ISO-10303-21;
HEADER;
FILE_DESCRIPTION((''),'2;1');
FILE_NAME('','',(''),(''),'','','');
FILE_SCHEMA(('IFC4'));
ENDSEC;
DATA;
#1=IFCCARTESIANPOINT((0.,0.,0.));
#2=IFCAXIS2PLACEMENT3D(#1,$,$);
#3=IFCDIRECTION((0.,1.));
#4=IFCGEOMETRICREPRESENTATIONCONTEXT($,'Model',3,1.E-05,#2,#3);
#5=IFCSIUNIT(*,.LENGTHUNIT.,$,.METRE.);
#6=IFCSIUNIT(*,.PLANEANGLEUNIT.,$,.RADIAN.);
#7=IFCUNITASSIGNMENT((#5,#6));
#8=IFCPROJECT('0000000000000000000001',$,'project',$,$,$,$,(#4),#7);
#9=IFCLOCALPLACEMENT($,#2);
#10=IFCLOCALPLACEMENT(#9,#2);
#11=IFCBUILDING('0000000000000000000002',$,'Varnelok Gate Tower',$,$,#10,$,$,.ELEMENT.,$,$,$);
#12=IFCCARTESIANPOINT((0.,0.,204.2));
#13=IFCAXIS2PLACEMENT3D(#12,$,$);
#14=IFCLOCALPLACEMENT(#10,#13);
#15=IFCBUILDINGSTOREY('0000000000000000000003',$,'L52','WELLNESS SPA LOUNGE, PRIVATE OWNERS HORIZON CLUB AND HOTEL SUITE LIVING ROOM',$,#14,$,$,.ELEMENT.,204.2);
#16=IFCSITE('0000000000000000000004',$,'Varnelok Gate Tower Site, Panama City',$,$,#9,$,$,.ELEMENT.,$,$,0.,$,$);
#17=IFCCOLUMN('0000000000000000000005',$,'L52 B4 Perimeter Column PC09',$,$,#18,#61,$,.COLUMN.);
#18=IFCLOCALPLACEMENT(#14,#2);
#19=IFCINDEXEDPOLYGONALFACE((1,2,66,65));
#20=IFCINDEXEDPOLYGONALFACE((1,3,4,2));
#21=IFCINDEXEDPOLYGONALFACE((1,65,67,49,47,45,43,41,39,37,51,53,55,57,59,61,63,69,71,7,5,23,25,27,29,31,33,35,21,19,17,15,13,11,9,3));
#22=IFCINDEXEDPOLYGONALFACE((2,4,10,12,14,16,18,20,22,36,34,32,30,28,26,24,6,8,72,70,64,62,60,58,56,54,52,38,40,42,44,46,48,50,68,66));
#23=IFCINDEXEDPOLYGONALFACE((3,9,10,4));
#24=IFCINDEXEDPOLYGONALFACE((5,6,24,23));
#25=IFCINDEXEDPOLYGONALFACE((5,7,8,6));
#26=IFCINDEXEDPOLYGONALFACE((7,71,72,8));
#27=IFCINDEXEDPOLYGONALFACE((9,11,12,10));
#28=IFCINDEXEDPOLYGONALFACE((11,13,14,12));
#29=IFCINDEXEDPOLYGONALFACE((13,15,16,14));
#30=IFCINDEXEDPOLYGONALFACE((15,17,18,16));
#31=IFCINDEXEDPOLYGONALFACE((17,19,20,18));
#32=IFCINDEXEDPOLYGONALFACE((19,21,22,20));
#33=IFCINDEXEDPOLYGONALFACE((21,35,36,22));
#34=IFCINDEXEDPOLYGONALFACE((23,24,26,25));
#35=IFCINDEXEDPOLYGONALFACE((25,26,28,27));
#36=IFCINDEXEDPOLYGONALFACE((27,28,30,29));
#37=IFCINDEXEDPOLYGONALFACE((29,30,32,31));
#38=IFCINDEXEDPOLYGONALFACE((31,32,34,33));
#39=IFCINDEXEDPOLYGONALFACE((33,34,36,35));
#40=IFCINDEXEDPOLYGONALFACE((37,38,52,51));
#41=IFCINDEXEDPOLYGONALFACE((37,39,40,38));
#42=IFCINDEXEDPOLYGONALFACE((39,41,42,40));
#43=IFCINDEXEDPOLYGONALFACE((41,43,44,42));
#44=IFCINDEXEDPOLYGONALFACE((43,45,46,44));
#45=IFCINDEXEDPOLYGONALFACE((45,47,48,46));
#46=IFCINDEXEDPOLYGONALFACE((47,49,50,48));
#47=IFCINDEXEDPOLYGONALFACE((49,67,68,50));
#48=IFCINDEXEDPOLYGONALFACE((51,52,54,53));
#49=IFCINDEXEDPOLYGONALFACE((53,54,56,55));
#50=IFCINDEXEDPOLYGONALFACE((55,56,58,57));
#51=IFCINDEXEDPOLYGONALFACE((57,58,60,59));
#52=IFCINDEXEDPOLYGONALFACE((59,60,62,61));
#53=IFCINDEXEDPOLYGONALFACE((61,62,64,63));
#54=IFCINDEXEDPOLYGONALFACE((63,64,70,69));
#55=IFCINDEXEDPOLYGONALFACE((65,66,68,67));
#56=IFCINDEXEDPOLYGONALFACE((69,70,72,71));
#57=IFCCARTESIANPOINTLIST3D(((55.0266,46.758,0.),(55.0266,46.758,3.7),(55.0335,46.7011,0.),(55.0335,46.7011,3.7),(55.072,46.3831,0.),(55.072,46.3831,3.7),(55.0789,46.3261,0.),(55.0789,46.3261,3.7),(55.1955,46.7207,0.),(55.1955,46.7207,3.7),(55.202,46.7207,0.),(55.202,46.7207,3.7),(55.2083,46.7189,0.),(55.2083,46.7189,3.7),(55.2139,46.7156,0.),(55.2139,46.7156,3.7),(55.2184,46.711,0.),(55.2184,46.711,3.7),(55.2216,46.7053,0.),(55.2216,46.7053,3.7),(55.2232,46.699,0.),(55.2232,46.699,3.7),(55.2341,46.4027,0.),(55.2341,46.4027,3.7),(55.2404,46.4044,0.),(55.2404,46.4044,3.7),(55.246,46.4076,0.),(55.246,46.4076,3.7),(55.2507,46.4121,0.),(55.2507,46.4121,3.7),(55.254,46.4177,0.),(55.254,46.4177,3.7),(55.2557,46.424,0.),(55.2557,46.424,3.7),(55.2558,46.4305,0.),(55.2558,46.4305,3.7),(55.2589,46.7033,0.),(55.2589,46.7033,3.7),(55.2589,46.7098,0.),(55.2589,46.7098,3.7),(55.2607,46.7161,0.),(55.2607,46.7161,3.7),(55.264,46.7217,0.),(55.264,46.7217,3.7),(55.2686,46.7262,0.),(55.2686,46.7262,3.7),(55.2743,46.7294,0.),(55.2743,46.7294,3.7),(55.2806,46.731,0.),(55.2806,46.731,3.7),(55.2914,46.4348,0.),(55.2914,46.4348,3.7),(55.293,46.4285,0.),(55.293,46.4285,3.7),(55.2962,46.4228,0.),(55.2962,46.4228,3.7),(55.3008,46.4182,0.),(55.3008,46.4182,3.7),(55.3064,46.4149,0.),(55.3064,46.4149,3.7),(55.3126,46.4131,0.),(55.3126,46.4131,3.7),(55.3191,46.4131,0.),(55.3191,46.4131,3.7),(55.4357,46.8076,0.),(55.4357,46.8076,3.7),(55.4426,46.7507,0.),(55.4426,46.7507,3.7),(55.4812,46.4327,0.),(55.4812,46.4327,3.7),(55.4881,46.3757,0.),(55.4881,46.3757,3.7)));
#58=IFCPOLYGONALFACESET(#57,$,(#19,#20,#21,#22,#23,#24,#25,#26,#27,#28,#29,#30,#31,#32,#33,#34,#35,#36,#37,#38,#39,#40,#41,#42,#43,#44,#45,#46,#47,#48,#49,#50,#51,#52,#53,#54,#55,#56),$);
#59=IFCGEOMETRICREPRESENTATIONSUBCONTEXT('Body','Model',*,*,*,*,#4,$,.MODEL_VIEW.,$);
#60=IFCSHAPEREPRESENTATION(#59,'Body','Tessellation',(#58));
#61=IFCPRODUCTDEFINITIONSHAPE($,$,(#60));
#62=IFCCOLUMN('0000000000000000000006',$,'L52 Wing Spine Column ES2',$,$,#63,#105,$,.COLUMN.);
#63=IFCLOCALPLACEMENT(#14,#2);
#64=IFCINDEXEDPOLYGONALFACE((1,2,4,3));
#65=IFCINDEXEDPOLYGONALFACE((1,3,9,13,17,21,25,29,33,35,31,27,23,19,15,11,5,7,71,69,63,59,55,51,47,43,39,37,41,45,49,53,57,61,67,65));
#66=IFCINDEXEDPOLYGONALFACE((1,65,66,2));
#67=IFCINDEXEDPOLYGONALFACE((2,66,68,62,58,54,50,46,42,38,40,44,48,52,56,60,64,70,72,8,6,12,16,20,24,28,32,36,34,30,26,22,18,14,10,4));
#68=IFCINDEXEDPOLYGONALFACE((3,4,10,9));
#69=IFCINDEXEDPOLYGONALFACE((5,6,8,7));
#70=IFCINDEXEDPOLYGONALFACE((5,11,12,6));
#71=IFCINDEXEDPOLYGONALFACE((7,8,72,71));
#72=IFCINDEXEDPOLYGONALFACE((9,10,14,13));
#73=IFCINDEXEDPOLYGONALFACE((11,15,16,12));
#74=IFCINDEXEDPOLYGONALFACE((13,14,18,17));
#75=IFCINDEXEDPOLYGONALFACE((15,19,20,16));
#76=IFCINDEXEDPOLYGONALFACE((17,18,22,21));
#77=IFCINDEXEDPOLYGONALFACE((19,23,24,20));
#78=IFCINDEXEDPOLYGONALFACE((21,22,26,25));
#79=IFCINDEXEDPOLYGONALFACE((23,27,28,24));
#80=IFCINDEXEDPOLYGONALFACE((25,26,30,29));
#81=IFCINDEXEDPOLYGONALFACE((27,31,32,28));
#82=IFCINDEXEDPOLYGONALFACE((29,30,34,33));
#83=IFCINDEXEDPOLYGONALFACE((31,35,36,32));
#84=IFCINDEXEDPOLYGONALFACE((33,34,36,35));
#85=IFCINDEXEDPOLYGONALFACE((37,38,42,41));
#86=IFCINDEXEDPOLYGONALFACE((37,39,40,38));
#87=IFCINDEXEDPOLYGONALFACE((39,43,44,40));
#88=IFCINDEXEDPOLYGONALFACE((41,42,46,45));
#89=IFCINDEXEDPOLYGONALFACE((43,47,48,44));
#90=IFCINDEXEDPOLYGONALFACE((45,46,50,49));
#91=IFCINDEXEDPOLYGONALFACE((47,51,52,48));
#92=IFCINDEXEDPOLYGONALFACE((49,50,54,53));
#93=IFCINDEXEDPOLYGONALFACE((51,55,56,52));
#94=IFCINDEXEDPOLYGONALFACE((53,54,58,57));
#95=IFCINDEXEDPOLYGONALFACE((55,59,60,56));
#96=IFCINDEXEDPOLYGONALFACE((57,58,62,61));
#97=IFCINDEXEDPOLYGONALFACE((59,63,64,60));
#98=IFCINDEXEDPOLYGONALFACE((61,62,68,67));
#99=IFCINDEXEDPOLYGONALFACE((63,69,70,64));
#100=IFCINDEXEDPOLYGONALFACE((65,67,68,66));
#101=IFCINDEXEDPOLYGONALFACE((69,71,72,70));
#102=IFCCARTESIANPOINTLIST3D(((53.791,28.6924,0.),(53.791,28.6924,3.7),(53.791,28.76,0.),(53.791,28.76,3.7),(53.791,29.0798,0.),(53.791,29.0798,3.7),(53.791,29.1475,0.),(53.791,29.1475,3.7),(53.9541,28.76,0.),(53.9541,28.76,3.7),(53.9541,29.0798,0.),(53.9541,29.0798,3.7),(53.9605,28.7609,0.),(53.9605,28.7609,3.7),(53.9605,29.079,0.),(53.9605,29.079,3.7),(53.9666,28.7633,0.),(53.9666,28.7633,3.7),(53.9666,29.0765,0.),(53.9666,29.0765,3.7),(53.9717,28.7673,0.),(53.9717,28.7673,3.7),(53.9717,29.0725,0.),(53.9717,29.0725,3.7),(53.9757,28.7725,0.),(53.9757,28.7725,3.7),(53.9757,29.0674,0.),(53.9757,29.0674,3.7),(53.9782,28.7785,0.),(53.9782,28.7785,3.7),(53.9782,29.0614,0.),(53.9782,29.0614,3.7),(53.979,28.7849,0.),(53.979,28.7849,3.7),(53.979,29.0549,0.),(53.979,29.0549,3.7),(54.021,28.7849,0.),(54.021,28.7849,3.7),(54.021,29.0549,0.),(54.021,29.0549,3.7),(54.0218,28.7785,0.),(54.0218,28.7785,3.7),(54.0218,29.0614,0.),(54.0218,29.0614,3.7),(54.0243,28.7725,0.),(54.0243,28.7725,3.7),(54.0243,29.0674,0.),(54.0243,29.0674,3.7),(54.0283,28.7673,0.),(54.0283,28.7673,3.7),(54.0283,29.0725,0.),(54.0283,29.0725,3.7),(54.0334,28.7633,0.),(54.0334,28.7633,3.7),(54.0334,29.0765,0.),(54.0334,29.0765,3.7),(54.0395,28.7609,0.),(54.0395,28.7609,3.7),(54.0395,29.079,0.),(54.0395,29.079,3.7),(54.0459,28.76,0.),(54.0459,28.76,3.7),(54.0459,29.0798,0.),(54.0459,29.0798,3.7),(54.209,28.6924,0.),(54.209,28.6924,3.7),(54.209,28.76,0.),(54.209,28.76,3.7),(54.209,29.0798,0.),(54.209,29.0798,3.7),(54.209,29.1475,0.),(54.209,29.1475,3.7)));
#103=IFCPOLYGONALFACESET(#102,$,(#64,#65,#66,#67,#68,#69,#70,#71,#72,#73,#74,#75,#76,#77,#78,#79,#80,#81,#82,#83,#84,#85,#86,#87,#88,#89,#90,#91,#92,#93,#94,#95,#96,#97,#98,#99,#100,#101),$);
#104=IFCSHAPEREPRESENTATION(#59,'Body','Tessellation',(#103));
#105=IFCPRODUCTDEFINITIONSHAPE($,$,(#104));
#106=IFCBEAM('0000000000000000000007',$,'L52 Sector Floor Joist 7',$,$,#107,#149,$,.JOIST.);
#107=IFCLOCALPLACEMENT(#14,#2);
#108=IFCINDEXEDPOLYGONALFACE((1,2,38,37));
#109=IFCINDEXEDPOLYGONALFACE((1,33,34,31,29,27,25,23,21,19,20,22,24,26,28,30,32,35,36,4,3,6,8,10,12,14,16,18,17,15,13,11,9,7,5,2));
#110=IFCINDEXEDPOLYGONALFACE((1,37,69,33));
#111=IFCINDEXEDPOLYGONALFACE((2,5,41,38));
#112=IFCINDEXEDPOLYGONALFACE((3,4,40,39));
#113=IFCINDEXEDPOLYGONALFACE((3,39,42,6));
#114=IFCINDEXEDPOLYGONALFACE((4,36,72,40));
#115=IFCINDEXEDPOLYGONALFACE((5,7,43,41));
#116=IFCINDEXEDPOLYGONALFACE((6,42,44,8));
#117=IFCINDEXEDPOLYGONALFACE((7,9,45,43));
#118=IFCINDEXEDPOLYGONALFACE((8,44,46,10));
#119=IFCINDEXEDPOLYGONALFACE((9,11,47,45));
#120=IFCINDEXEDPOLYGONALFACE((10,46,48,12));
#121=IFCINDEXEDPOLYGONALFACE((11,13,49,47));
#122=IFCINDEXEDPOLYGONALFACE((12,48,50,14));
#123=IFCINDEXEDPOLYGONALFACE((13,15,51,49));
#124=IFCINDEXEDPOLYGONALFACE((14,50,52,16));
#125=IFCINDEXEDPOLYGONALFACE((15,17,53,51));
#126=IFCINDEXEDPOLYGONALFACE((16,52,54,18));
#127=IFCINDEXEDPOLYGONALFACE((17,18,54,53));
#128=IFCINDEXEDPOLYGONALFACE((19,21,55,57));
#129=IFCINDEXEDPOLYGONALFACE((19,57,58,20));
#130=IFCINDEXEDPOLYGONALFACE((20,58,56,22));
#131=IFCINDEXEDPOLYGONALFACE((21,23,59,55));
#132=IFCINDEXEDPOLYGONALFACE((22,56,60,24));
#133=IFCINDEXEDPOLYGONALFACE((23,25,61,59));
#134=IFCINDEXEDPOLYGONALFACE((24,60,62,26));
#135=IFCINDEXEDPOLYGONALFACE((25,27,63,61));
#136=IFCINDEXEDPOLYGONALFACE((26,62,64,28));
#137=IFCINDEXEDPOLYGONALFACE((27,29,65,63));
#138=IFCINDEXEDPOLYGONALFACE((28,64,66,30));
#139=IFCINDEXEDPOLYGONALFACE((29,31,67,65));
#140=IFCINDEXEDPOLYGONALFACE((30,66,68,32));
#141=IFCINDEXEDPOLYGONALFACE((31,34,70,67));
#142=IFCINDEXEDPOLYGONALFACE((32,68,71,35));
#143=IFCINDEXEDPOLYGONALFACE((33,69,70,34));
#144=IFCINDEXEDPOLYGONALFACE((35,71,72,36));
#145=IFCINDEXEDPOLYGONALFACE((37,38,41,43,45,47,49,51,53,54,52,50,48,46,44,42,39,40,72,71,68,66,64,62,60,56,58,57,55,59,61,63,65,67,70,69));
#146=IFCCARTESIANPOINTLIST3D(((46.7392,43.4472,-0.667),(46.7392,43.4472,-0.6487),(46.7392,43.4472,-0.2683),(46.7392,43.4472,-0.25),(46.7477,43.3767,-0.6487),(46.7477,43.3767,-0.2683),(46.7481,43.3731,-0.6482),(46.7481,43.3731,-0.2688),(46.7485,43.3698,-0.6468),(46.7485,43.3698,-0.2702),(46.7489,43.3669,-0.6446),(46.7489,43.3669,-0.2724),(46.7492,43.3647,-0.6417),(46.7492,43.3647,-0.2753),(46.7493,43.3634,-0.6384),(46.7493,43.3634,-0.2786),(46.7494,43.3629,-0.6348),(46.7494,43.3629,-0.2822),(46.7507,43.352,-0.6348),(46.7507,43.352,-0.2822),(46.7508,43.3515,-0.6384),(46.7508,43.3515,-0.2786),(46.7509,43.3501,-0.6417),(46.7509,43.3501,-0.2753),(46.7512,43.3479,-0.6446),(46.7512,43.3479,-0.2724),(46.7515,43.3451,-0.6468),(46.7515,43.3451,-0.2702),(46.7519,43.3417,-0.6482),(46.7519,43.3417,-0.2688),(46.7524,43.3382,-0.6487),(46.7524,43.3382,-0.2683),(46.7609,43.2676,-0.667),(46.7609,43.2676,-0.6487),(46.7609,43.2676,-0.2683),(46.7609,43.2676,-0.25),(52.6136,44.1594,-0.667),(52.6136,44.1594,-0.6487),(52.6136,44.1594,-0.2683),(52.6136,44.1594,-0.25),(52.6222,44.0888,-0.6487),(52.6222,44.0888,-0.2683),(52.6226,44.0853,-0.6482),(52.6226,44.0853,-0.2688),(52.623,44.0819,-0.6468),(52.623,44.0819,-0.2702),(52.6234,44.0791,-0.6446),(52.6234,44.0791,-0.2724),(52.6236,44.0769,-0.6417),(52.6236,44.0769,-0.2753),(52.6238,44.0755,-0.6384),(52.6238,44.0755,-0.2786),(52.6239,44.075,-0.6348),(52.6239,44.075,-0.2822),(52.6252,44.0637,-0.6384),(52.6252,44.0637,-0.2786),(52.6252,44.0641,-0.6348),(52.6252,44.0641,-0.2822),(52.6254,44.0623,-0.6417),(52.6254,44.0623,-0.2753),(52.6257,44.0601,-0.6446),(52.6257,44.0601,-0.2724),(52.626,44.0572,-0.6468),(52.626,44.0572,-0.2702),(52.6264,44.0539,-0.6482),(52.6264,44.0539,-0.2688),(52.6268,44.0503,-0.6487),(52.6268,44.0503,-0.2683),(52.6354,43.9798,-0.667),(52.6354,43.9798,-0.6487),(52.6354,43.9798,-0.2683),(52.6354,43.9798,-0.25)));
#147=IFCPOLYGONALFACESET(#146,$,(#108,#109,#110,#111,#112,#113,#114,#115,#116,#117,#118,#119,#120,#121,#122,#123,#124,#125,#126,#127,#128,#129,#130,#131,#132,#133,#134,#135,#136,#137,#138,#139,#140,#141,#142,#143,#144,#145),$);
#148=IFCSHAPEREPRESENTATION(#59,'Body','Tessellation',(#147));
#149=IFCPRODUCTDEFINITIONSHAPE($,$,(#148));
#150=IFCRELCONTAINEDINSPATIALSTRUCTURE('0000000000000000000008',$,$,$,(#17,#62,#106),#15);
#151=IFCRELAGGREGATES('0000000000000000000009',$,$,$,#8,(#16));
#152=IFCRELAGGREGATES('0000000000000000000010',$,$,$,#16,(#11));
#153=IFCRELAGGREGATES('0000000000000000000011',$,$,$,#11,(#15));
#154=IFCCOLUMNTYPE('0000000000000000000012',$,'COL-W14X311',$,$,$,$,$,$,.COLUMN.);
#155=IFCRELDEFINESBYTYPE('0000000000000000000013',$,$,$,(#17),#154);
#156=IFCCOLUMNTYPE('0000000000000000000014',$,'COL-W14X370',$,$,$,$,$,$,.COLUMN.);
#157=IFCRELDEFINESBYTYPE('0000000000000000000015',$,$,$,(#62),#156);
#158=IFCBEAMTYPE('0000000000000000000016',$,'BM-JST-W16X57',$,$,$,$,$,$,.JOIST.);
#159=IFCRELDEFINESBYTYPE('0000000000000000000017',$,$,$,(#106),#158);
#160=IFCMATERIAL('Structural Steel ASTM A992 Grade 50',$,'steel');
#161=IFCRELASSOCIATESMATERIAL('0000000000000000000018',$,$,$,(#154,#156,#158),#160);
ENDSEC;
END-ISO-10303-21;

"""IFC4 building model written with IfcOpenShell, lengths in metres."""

from ifc_helpers import new_model, si_unit, direction, frame, origin, origin_2d, place, context, subcontext, project, spatial, i_section, extrude, material, material_profile, profile_set, type_object, element, save


model = new_model("IFC4")

# Units and contexts
model_context = context("Model", 3, precision=1e-05, world=origin(), true_north=direction((0.0, 1.0)))
body_context = subcontext(model_context, "Body", "Model", "MODEL_VIEW")
ifc_project = project(units=[si_unit("LENGTHUNIT", "METRE"), si_unit("PLANEANGLEUNIT", "RADIAN")], contexts=[model_context])

# Site, building, storey
site_placement = place(None, origin())
site = spatial("IfcSite", under=ifc_project, at=site_placement, Name="Varnelok Gate Tower Site, Panama City", CompositionType="ELEMENT", RefElevation=0.0)
building_placement = place(site_placement, origin())
building = spatial("IfcBuilding", under=site, at=building_placement, Name="Varnelok Gate Tower", CompositionType="ELEMENT")
storey_placement = place(building_placement, frame((0.0, 0.0, 204.2)))
storey = spatial("IfcBuildingStorey", under=building, at=storey_placement, Name="L52", Description="WELLNESS SPA LOUNGE, PRIVATE OWNERS HORIZON CLUB AND HOTEL SUITE LIVING ROOM", CompositionType="ELEMENT", Elevation=204.2)

# Columns
ifc_material_1 = material(Name="Structural Steel ASTM A992 Grade 50", Category="steel")
ifc_material_profile_1 = material_profile(ifc_material_1, i_section(OverallWidth=0.4121, OverallDepth=0.4351, WebThickness=0.0359, FlangeThickness=0.0574, FilletRadius=0.0249, at=origin_2d()), Name="W14X311")
ifc_profile_set_1 = profile_set([ifc_material_profile_1], Name="Structural Steel ASTM A992 Grade 50")
column_type_1 = type_object("IfcColumnType", Name="COL-W14X311", PredefinedType="COLUMN", material=ifc_profile_set_1)
column_1_placement = place(storey_placement, frame((55.2573, 46.5669, 0.0), z_axis=(0.0, 0.0, 1.0), x_axis=(0.992732, 0.120345, 0.0)))
element("IfcColumn", 1, at=column_1_placement, inside=storey, type_object=column_type_1, Name="L52 B4 Perimeter Column PC09", PredefinedType="COLUMN", context=body_context, shape_type="SweptSolid", body=[
    extrude(i_section(OverallWidth=0.4121, OverallDepth=0.4351, WebThickness=0.0359, FlangeThickness=0.0574, FilletRadius=0.0249, at=origin_2d()), origin(), (0.0, 0.0, 1.0), 3.7),
])
ifc_material_profile_2 = material_profile(ifc_material_1, i_section(OverallWidth=0.418, OverallDepth=0.4551, WebThickness=0.042, FlangeThickness=0.0676, FilletRadius=0.0249, at=origin_2d()), Name="W14X370")
ifc_profile_set_2 = profile_set([ifc_material_profile_2], Name="Structural Steel ASTM A992 Grade 50")
column_type_2 = type_object("IfcColumnType", Name="COL-W14X370", PredefinedType="COLUMN", material=ifc_profile_set_2)
column_2_placement = place(storey_placement, frame((54.0, 28.9199, 0.0), z_axis=(0.0, 0.0, 1.0), x_axis=(1.0, 0.0, 0.0)))
element("IfcColumn", 2, at=column_2_placement, inside=storey, type_object=column_type_2, Name="L52 Wing Spine Column ES2", PredefinedType="COLUMN", context=body_context, shape_type="SweptSolid", body=[
    extrude(i_section(OverallWidth=0.418, OverallDepth=0.4551, WebThickness=0.042, FlangeThickness=0.0676, FilletRadius=0.0249, at=origin_2d()), origin(), (0.0, 0.0, 1.0), 3.7),
])

# Beam
ifc_material_profile_3 = material_profile(ifc_material_1, i_section(OverallWidth=0.1809, OverallDepth=0.417, WebThickness=0.011, FlangeThickness=0.0183, FilletRadius=0.0139, at=origin_2d()), Name="W16X57")
ifc_profile_set_3 = profile_set([ifc_material_profile_3], Name="Structural Steel ASTM A992 Grade 50")
beam_type_1 = type_object("IfcBeamType", Name="BM-JST-W16X57", PredefinedType="JOIST", material=ifc_profile_set_3)
beam_1_placement = place(storey_placement, frame((52.6245, 44.0696, -0.4585), z_axis=(-0.992732, -0.120347, 0.0), x_axis=(0.120347, -0.992732, 0.0)))
element("IfcBeam", 3, at=beam_1_placement, inside=storey, type_object=beam_type_1, Name="L52 Sector Floor Joist 7", PredefinedType="JOIST", context=body_context, shape_type="SweptSolid", body=[
    extrude(i_section(OverallWidth=0.1809, OverallDepth=0.417, WebThickness=0.011, FlangeThickness=0.0183, FilletRadius=0.0139, at=origin_2d()), origin(), (0.0, 0.0, 1.0), 5.9175),
])

save(model, "model.ifc")
